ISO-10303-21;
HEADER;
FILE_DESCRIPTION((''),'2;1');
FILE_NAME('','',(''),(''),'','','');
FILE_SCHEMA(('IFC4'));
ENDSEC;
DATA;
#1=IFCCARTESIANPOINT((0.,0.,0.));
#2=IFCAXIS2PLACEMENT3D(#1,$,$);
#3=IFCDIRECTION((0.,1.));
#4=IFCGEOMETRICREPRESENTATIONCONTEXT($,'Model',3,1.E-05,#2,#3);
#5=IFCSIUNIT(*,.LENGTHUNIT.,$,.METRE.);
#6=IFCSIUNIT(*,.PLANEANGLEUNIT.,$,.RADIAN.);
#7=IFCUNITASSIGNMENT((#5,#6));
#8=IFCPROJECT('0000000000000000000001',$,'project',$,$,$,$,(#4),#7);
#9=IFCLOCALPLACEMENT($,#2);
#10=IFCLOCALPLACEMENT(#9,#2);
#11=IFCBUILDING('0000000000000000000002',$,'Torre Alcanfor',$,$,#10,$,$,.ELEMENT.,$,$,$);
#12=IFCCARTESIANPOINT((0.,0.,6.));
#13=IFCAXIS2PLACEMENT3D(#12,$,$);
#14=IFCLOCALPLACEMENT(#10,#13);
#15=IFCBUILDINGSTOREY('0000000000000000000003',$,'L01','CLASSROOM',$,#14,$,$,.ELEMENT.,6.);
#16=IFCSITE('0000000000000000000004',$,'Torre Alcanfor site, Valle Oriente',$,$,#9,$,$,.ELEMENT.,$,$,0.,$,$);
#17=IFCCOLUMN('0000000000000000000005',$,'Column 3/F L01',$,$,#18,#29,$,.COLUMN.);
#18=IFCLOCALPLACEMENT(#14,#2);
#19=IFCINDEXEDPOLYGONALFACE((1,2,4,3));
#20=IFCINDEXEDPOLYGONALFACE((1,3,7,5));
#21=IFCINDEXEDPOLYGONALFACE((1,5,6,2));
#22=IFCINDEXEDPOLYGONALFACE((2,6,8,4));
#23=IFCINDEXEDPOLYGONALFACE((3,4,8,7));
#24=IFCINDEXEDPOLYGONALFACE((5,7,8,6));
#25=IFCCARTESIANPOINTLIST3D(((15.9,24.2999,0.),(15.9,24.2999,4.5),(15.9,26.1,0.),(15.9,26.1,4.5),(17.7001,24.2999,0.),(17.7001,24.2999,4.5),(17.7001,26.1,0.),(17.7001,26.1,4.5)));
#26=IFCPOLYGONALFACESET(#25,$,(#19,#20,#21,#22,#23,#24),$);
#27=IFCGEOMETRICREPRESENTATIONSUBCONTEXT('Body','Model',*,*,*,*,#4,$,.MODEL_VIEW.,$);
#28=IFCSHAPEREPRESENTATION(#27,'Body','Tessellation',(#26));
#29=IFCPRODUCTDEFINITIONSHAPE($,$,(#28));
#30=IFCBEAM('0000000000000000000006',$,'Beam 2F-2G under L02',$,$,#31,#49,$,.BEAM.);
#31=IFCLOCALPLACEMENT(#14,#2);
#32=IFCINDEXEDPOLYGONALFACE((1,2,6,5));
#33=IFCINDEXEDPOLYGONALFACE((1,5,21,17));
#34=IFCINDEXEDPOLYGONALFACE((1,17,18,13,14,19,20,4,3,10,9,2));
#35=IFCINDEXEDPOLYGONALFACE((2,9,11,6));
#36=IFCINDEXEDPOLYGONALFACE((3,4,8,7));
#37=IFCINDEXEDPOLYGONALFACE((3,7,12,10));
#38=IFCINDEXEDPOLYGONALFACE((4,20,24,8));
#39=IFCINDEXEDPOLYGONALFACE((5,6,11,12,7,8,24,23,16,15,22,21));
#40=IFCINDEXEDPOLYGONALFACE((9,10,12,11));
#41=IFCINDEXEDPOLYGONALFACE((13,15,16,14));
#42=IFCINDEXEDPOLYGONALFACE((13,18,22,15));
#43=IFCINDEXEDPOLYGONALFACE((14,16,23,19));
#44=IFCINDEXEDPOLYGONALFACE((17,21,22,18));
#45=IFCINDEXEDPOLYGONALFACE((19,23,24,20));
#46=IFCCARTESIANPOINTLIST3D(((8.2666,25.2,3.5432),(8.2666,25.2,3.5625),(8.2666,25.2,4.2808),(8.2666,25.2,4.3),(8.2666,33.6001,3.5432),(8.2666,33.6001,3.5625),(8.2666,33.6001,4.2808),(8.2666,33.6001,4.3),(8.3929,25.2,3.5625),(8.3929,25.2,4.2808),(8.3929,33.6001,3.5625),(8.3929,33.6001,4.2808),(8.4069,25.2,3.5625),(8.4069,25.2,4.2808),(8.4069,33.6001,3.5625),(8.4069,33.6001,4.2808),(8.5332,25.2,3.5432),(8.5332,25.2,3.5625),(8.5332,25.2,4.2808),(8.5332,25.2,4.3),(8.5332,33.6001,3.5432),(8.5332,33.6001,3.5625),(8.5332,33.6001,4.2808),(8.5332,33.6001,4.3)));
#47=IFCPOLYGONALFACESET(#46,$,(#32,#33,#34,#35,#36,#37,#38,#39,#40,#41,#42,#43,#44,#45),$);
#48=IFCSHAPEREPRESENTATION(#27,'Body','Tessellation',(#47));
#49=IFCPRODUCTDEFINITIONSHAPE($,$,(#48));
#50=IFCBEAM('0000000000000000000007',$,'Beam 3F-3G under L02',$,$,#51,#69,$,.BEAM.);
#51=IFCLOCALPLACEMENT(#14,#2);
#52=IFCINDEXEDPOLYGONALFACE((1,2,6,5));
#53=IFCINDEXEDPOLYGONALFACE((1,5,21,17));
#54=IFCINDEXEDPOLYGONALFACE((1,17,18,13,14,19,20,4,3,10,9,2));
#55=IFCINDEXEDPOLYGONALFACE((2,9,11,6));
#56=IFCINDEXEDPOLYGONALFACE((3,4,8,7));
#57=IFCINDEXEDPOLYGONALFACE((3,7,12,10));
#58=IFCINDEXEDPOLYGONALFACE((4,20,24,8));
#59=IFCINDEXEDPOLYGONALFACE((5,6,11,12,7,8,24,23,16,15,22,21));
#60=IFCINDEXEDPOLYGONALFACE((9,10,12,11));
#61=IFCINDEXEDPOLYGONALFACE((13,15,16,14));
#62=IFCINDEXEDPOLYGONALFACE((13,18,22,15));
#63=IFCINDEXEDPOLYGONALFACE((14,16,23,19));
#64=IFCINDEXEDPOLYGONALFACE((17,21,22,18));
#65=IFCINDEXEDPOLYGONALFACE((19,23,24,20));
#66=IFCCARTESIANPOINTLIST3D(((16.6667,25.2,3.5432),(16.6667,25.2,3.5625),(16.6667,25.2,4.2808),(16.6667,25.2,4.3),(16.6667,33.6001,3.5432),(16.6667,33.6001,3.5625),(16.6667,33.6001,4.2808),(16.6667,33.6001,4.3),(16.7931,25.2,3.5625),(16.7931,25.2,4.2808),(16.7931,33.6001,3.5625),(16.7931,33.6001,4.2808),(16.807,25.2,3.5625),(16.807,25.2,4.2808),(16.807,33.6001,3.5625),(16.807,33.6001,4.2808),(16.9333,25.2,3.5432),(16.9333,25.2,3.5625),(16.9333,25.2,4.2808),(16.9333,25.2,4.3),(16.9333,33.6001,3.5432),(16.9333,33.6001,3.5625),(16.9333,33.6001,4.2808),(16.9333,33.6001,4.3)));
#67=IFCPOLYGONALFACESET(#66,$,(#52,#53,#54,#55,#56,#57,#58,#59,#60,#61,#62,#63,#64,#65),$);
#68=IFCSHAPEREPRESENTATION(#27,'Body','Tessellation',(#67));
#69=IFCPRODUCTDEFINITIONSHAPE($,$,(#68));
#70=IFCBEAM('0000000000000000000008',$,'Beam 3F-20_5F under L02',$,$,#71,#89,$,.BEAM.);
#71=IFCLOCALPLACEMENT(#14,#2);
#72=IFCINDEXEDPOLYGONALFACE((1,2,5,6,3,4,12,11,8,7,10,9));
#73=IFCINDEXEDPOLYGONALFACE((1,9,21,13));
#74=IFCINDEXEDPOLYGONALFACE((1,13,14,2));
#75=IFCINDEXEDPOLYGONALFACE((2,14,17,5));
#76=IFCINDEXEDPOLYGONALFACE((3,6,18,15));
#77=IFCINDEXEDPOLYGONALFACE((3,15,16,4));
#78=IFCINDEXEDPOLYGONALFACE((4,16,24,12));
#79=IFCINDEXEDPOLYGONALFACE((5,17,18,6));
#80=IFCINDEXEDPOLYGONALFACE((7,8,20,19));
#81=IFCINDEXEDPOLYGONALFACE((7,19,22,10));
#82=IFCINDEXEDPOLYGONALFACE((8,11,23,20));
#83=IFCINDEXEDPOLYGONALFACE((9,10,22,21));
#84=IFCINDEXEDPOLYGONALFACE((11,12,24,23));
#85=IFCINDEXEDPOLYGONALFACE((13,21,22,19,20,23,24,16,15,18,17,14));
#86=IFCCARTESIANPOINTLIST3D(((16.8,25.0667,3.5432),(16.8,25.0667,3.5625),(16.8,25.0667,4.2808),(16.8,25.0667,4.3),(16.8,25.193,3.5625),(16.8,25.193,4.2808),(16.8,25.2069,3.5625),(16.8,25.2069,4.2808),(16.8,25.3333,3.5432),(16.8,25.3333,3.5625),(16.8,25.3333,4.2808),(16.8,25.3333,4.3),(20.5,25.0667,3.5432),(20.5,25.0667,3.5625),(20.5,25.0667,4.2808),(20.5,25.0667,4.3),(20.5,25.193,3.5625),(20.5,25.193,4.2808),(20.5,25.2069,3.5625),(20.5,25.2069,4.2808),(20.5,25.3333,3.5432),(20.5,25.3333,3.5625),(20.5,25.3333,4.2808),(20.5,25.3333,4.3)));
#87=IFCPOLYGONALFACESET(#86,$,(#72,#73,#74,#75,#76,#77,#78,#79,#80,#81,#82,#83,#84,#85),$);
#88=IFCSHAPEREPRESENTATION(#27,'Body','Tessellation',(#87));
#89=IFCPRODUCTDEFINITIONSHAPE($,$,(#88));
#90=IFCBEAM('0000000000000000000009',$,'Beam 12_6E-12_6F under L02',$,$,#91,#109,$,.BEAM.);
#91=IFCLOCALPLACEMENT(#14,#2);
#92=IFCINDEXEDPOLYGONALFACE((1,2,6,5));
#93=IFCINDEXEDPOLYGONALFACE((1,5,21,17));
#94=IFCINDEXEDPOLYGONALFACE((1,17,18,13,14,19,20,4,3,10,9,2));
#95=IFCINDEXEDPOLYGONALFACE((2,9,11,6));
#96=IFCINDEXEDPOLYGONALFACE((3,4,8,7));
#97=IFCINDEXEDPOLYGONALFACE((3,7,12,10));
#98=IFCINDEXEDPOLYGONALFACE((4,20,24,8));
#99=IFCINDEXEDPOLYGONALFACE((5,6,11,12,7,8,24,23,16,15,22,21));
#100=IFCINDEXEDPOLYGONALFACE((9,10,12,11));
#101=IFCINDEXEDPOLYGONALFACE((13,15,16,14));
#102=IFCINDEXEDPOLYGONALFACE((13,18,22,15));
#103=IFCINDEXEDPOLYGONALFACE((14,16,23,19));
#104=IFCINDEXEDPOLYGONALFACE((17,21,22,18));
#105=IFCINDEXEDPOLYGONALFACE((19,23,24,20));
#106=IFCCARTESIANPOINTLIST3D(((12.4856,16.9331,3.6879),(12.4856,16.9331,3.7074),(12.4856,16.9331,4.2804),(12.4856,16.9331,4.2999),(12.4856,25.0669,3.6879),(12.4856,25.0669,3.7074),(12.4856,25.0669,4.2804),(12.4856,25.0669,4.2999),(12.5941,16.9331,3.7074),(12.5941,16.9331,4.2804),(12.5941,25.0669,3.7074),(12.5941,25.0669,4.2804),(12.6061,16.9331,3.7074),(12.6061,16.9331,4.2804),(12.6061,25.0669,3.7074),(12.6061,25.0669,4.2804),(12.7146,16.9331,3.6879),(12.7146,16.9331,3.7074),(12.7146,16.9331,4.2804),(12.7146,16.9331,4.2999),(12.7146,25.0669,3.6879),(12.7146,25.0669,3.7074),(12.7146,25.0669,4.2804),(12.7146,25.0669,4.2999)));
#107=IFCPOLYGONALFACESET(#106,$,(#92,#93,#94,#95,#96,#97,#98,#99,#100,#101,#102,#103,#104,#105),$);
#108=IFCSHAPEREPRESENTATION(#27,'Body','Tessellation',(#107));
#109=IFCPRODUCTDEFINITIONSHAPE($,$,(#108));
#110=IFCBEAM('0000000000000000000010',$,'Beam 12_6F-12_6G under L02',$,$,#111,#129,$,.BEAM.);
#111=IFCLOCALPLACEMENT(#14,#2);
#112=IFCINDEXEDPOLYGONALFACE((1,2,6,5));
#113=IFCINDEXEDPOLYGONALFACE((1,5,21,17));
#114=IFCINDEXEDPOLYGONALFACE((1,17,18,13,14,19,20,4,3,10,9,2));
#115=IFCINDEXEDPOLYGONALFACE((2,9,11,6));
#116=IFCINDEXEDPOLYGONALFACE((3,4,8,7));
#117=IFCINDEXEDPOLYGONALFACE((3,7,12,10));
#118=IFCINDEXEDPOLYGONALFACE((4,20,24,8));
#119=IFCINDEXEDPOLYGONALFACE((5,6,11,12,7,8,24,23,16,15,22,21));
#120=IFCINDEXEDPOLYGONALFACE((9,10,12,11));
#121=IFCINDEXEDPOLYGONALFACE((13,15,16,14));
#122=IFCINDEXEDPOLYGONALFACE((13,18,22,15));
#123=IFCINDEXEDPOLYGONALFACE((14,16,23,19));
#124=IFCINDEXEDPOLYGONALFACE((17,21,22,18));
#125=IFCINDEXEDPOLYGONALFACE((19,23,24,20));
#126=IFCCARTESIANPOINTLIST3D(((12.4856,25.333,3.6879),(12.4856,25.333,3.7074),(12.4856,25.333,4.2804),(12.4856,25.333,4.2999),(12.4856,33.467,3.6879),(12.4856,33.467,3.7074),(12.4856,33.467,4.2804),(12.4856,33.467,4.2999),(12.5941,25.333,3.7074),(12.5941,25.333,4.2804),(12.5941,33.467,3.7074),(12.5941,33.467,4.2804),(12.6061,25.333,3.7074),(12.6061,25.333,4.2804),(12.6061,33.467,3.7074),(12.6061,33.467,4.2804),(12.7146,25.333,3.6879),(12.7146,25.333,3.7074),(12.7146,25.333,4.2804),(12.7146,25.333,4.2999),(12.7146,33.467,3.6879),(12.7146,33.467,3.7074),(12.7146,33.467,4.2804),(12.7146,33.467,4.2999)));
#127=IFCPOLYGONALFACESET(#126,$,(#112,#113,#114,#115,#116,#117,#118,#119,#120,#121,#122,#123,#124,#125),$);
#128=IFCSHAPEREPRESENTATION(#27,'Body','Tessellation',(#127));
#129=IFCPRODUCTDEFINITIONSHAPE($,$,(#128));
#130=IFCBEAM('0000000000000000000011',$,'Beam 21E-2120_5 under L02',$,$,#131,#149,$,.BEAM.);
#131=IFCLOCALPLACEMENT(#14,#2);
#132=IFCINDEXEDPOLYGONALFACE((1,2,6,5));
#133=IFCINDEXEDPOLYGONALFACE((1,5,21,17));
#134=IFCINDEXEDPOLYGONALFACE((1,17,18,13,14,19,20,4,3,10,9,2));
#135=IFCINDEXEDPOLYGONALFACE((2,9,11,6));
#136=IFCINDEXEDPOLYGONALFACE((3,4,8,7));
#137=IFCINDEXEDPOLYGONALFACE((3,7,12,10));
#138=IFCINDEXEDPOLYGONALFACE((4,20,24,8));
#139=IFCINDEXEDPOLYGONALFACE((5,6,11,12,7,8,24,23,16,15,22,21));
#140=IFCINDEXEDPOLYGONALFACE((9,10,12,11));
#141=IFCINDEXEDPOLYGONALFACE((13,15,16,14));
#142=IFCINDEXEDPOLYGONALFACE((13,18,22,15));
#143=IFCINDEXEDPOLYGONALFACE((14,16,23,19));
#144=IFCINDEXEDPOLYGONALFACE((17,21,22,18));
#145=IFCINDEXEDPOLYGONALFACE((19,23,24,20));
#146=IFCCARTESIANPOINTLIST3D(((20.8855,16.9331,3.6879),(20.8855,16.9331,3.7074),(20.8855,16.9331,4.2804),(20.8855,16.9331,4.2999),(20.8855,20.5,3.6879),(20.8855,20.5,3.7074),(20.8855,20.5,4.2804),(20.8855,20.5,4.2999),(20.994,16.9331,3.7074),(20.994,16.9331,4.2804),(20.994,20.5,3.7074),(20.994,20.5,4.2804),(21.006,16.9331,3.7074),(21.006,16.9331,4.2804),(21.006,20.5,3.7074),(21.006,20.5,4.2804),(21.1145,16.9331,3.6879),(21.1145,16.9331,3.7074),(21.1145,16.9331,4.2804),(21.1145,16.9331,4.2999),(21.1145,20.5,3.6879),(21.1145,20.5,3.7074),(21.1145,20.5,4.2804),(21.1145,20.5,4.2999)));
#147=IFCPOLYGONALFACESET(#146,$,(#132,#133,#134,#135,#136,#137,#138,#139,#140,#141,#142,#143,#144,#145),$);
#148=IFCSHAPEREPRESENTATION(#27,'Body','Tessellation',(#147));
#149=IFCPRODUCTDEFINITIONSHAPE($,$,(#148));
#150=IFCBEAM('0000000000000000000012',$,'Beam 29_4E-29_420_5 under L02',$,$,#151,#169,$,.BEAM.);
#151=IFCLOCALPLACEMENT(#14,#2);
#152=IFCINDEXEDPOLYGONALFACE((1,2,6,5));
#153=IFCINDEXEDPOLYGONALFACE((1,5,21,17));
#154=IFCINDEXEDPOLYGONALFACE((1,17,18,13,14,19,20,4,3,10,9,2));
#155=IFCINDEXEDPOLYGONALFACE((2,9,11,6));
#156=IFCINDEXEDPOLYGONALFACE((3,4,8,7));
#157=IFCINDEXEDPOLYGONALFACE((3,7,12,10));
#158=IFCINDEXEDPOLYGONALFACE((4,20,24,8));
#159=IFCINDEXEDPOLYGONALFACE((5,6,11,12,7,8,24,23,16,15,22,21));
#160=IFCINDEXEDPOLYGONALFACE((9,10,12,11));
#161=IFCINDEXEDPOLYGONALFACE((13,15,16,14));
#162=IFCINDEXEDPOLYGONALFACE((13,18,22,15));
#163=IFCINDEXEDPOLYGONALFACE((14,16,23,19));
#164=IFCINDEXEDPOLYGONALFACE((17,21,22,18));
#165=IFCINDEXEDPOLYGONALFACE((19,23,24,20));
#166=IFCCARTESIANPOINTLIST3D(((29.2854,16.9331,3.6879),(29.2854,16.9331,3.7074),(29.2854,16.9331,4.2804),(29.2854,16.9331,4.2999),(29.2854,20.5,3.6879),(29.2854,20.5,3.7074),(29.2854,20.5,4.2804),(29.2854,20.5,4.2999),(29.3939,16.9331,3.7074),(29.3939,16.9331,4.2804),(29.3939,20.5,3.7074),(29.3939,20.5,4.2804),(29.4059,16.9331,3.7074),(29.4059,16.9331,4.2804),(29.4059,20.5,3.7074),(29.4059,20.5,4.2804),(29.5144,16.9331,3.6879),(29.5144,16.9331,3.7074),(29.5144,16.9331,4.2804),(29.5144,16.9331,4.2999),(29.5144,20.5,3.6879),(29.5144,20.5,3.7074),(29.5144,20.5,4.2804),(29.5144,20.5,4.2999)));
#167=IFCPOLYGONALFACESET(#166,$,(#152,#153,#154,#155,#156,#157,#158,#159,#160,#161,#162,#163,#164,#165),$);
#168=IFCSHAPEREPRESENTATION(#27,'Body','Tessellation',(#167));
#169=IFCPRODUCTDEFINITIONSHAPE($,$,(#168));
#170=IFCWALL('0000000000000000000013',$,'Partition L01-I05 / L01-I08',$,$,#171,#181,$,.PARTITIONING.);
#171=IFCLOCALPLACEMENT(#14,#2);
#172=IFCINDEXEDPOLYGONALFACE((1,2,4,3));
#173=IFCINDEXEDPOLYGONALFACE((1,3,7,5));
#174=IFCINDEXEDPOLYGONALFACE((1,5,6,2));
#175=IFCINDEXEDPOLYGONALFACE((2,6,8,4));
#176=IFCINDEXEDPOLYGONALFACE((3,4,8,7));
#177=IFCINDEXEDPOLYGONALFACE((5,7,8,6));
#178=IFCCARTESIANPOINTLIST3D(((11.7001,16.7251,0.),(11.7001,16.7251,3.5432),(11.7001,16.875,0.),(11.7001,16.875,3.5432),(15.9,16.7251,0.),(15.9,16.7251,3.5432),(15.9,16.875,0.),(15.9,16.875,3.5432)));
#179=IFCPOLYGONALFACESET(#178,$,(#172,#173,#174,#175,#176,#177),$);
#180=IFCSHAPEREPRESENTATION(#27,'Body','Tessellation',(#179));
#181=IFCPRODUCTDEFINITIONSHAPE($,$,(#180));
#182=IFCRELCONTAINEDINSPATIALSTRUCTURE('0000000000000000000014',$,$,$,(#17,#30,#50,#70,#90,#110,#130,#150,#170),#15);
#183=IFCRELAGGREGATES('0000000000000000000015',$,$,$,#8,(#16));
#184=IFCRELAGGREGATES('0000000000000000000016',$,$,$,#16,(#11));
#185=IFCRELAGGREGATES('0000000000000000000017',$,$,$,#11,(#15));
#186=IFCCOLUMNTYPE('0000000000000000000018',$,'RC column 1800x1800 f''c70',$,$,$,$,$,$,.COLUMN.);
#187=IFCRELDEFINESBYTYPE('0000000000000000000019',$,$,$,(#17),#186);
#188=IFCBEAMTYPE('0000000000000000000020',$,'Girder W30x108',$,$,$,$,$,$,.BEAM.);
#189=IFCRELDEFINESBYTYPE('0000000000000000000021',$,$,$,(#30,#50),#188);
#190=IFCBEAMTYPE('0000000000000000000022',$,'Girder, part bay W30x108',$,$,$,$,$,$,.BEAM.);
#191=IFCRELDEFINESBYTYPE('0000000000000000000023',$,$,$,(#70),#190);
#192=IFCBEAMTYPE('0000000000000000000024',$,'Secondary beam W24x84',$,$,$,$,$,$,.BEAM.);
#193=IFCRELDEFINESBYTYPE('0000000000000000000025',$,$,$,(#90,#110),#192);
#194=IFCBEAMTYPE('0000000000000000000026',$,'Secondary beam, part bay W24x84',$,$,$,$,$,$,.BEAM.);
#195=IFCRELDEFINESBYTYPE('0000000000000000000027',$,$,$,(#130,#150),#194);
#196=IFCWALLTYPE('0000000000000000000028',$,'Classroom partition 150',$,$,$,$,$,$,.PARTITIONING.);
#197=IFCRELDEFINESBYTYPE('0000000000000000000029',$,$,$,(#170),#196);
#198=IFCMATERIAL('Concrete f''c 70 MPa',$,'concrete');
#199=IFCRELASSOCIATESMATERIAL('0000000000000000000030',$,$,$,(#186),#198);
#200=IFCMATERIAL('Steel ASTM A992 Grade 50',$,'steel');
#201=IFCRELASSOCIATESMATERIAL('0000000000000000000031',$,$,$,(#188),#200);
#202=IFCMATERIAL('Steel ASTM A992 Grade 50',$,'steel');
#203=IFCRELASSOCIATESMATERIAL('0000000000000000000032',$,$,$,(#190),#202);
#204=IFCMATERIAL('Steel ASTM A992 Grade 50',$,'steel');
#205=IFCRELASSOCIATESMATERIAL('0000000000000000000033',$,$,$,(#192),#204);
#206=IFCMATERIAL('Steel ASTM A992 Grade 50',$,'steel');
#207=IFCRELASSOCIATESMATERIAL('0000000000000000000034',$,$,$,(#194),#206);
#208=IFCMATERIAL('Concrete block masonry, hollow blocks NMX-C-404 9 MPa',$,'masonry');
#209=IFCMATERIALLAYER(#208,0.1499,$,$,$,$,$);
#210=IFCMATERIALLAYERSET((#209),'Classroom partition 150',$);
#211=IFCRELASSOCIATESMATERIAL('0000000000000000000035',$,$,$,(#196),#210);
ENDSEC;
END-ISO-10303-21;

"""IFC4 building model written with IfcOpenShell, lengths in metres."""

from ifc_helpers import new_model, si_unit, direction, frame, frame_2d, origin, origin_2d, place, context, subcontext, project, spatial, rectangle, i_section, extrude, material, layer, layer_set, material_profile, profile_set, type_object, element, save


model = new_model("IFC4")

# Units and contexts
model_context = context("Model", 3, precision=1e-05, world=origin(), true_north=direction((0.0, 1.0)))
body_context = subcontext(model_context, "Body", "Model", "MODEL_VIEW")
ifc_project = project(units=[si_unit("LENGTHUNIT", "METRE"), si_unit("PLANEANGLEUNIT", "RADIAN")], contexts=[model_context])

# Site, building, storey
site_placement = place(None, origin())
site = spatial("IfcSite", under=ifc_project, at=site_placement, Name="Torre Alcanfor site, Valle Oriente", CompositionType="ELEMENT", RefElevation=0.0)
building_placement = place(site_placement, origin())
building = spatial("IfcBuilding", under=site, at=building_placement, Name="Torre Alcanfor", CompositionType="ELEMENT")
storey_placement = place(building_placement, frame((0.0, 0.0, 6.0)))
storey = spatial("IfcBuildingStorey", under=building, at=storey_placement, Name="L01", Description="CLASSROOM", CompositionType="ELEMENT", Elevation=6.0)

# Column
ifc_material_1 = material(Name="Concrete f'c 70 MPa", Category="concrete")
ifc_material_profile_1 = material_profile(ifc_material_1, rectangle(XDim=1.8, YDim=1.8, at=origin_2d()), Name="1800x1800")
ifc_profile_set_1 = profile_set([ifc_material_profile_1], Name="Concrete f'c 70 MPa")
column_type = type_object("IfcColumnType", Name="RC column 1800x1800 f'c70", PredefinedType="COLUMN", material=ifc_profile_set_1)
column_placement = place(storey_placement, frame((16.8, 25.2, 0.0), z_axis=(0.0, 0.0, 1.0), x_axis=(1.0, 0.0, 0.0)))
element("IfcColumn", 1, at=column_placement, inside=storey, type_object=column_type, Name="Column 3/F L01", PredefinedType="COLUMN", context=body_context, shape_type="SweptSolid", body=[
    extrude(rectangle(XDim=1.8, YDim=1.8, at=origin_2d()), origin(), (0.0, 0.0, 1.0), 4.5),
])

# Beams
ifc_material_2 = material(Name="Steel ASTM A992 Grade 50", Category="steel")
ifc_material_profile_2 = material_profile(ifc_material_2, i_section(OverallWidth=0.2666, OverallDepth=0.7568, WebThickness=0.0139, FlangeThickness=0.0193, at=origin_2d()), Name="W30x108")
ifc_profile_set_2 = profile_set([ifc_material_profile_2], Name="Steel ASTM A992 Grade 50")
beam_type_1 = type_object("IfcBeamType", Name="Girder W30x108", PredefinedType="BEAM", material=ifc_profile_set_2)
for number, where, z_axis, x_axis, name in (
    (2, (8.3999, 25.2, 3.9216), (0.0, 1.0, 0.0), (-1.0, 0.0, 0.0), "Beam 2F-2G under L02"),
    (3, (16.8, 25.2, 3.9216), (0.0, 1.0, 0.0), (-1.0, 0.0, 0.0), "Beam 3F-3G under L02"),
):
    element("IfcBeam", number, at=place(storey_placement, frame(where, z_axis=z_axis, x_axis=x_axis)), inside=storey, type_object=beam_type_1, Name=name, PredefinedType="BEAM", context=body_context, shape_type="SweptSolid", body=[
        extrude(i_section(OverallWidth=0.2666, OverallDepth=0.7568, WebThickness=0.0139, FlangeThickness=0.0193, at=origin_2d()), origin(), (0.0, 0.0, 1.0), 8.4001),
    ])
ifc_material_3 = material(Name="Steel ASTM A992 Grade 50", Category="steel")
ifc_material_profile_3 = material_profile(ifc_material_3, i_section(OverallWidth=0.2666, OverallDepth=0.7568, WebThickness=0.0139, FlangeThickness=0.0193, at=origin_2d()), Name="W30x108")
ifc_profile_set_3 = profile_set([ifc_material_profile_3], Name="Steel ASTM A992 Grade 50")
beam_type_2 = type_object("IfcBeamType", Name="Girder, part bay W30x108", PredefinedType="BEAM", material=ifc_profile_set_3)
beam_1_placement = place(storey_placement, frame((16.8, 25.2, 3.9216), z_axis=(1.0, 0.0, 0.0), x_axis=(0.0, 1.0, 0.0)))
element("IfcBeam", 4, at=beam_1_placement, inside=storey, type_object=beam_type_2, Name="Beam 3F-20_5F under L02", PredefinedType="BEAM", context=body_context, shape_type="SweptSolid", body=[
    extrude(i_section(OverallWidth=0.2666, OverallDepth=0.7568, WebThickness=0.0139, FlangeThickness=0.0193, at=origin_2d()), origin(), (0.0, 0.0, 1.0), 3.7),
])
ifc_material_4 = material(Name="Steel ASTM A992 Grade 50", Category="steel")
ifc_material_profile_4 = material_profile(ifc_material_4, i_section(OverallWidth=0.229, OverallDepth=0.6121, WebThickness=0.012, FlangeThickness=0.0195, at=origin_2d()), Name="W24x84")
ifc_profile_set_4 = profile_set([ifc_material_profile_4], Name="Steel ASTM A992 Grade 50")
beam_type_3 = type_object("IfcBeamType", Name="Secondary beam W24x84", PredefinedType="BEAM", material=ifc_profile_set_4)
beam_2_placement = place(storey_placement, frame((12.6001, 16.9331, 3.9939), z_axis=(0.0, 1.0, 0.0), x_axis=(-1.0, 0.0, 0.0)))
element("IfcBeam", 5, at=beam_2_placement, inside=storey, type_object=beam_type_3, Name="Beam 12_6E-12_6F under L02", PredefinedType="BEAM", context=body_context, shape_type="SweptSolid", body=[
    extrude(i_section(OverallWidth=0.229, OverallDepth=0.6121, WebThickness=0.012, FlangeThickness=0.0195, at=origin_2d()), origin(), (0.0, 0.0, 1.0), 8.1338),
])
beam_3_placement = place(storey_placement, frame((12.6001, 25.333, 3.9939), z_axis=(0.0, 1.0, 0.0), x_axis=(-1.0, 0.0, 0.0)))
element("IfcBeam", 6, at=beam_3_placement, inside=storey, type_object=beam_type_3, Name="Beam 12_6F-12_6G under L02", PredefinedType="BEAM", context=body_context, shape_type="SweptSolid", body=[
    extrude(i_section(OverallWidth=0.229, OverallDepth=0.6121, WebThickness=0.012, FlangeThickness=0.0195, at=origin_2d()), origin(), (0.0, 0.0, 1.0), 8.134),
])
ifc_material_5 = material(Name="Steel ASTM A992 Grade 50", Category="steel")
ifc_material_profile_5 = material_profile(ifc_material_5, i_section(OverallWidth=0.229, OverallDepth=0.6121, WebThickness=0.012, FlangeThickness=0.0195, at=origin_2d()), Name="W24x84")
ifc_profile_set_5 = profile_set([ifc_material_profile_5], Name="Steel ASTM A992 Grade 50")
beam_type_4 = type_object("IfcBeamType", Name="Secondary beam, part bay W24x84", PredefinedType="BEAM", material=ifc_profile_set_5)
for number, where, z_axis, x_axis, name in (
    (7, (21.0, 16.9331, 3.9939), (0.0, 1.0, 0.0), (-1.0, 0.0, 0.0), "Beam 21E-2120_5 under L02"),
    (8, (29.3999, 16.9331, 3.9939), (0.0, 1.0, 0.0), (-1.0, 0.0, 0.0), "Beam 29_4E-29_420_5 under L02"),
):
    element("IfcBeam", number, at=place(storey_placement, frame(where, z_axis=z_axis, x_axis=x_axis)), inside=storey, type_object=beam_type_4, Name=name, PredefinedType="BEAM", context=body_context, shape_type="SweptSolid", body=[
        extrude(i_section(OverallWidth=0.229, OverallDepth=0.6121, WebThickness=0.012, FlangeThickness=0.0195, at=origin_2d()), origin(), (0.0, 0.0, 1.0), 3.5669),
    ])

# Wall
ifc_material_6 = material(Name="Concrete block masonry, hollow blocks NMX-C-404 9 MPa", Category="masonry")
ifc_layer_1 = layer(ifc_material_6, 0.1499)
ifc_layer_set_1 = layer_set([ifc_layer_1], Name="Classroom partition 150")
wall_type_1 = type_object("IfcWallType", Name="Classroom partition 150", PredefinedType="PARTITIONING", material=ifc_layer_set_1)
wall_1_placement = place(storey_placement, frame((11.7, 16.8, 0.0), z_axis=(0.0, 0.0, 1.0), x_axis=(1.0, 0.0, 0.0)))
element("IfcWall", 9, at=wall_1_placement, inside=storey, type_object=wall_type_1, Name="Partition L01-I05 / L01-I08", PredefinedType="PARTITIONING", context=body_context, shape_type="SweptSolid", body=[
    extrude(rectangle(XDim=4.2, YDim=0.1499, at=frame_2d((2.1001, 0.0))), origin(), (0.0, 0.0, 1.0), 3.5432),
])

save(model, "model.ifc")
